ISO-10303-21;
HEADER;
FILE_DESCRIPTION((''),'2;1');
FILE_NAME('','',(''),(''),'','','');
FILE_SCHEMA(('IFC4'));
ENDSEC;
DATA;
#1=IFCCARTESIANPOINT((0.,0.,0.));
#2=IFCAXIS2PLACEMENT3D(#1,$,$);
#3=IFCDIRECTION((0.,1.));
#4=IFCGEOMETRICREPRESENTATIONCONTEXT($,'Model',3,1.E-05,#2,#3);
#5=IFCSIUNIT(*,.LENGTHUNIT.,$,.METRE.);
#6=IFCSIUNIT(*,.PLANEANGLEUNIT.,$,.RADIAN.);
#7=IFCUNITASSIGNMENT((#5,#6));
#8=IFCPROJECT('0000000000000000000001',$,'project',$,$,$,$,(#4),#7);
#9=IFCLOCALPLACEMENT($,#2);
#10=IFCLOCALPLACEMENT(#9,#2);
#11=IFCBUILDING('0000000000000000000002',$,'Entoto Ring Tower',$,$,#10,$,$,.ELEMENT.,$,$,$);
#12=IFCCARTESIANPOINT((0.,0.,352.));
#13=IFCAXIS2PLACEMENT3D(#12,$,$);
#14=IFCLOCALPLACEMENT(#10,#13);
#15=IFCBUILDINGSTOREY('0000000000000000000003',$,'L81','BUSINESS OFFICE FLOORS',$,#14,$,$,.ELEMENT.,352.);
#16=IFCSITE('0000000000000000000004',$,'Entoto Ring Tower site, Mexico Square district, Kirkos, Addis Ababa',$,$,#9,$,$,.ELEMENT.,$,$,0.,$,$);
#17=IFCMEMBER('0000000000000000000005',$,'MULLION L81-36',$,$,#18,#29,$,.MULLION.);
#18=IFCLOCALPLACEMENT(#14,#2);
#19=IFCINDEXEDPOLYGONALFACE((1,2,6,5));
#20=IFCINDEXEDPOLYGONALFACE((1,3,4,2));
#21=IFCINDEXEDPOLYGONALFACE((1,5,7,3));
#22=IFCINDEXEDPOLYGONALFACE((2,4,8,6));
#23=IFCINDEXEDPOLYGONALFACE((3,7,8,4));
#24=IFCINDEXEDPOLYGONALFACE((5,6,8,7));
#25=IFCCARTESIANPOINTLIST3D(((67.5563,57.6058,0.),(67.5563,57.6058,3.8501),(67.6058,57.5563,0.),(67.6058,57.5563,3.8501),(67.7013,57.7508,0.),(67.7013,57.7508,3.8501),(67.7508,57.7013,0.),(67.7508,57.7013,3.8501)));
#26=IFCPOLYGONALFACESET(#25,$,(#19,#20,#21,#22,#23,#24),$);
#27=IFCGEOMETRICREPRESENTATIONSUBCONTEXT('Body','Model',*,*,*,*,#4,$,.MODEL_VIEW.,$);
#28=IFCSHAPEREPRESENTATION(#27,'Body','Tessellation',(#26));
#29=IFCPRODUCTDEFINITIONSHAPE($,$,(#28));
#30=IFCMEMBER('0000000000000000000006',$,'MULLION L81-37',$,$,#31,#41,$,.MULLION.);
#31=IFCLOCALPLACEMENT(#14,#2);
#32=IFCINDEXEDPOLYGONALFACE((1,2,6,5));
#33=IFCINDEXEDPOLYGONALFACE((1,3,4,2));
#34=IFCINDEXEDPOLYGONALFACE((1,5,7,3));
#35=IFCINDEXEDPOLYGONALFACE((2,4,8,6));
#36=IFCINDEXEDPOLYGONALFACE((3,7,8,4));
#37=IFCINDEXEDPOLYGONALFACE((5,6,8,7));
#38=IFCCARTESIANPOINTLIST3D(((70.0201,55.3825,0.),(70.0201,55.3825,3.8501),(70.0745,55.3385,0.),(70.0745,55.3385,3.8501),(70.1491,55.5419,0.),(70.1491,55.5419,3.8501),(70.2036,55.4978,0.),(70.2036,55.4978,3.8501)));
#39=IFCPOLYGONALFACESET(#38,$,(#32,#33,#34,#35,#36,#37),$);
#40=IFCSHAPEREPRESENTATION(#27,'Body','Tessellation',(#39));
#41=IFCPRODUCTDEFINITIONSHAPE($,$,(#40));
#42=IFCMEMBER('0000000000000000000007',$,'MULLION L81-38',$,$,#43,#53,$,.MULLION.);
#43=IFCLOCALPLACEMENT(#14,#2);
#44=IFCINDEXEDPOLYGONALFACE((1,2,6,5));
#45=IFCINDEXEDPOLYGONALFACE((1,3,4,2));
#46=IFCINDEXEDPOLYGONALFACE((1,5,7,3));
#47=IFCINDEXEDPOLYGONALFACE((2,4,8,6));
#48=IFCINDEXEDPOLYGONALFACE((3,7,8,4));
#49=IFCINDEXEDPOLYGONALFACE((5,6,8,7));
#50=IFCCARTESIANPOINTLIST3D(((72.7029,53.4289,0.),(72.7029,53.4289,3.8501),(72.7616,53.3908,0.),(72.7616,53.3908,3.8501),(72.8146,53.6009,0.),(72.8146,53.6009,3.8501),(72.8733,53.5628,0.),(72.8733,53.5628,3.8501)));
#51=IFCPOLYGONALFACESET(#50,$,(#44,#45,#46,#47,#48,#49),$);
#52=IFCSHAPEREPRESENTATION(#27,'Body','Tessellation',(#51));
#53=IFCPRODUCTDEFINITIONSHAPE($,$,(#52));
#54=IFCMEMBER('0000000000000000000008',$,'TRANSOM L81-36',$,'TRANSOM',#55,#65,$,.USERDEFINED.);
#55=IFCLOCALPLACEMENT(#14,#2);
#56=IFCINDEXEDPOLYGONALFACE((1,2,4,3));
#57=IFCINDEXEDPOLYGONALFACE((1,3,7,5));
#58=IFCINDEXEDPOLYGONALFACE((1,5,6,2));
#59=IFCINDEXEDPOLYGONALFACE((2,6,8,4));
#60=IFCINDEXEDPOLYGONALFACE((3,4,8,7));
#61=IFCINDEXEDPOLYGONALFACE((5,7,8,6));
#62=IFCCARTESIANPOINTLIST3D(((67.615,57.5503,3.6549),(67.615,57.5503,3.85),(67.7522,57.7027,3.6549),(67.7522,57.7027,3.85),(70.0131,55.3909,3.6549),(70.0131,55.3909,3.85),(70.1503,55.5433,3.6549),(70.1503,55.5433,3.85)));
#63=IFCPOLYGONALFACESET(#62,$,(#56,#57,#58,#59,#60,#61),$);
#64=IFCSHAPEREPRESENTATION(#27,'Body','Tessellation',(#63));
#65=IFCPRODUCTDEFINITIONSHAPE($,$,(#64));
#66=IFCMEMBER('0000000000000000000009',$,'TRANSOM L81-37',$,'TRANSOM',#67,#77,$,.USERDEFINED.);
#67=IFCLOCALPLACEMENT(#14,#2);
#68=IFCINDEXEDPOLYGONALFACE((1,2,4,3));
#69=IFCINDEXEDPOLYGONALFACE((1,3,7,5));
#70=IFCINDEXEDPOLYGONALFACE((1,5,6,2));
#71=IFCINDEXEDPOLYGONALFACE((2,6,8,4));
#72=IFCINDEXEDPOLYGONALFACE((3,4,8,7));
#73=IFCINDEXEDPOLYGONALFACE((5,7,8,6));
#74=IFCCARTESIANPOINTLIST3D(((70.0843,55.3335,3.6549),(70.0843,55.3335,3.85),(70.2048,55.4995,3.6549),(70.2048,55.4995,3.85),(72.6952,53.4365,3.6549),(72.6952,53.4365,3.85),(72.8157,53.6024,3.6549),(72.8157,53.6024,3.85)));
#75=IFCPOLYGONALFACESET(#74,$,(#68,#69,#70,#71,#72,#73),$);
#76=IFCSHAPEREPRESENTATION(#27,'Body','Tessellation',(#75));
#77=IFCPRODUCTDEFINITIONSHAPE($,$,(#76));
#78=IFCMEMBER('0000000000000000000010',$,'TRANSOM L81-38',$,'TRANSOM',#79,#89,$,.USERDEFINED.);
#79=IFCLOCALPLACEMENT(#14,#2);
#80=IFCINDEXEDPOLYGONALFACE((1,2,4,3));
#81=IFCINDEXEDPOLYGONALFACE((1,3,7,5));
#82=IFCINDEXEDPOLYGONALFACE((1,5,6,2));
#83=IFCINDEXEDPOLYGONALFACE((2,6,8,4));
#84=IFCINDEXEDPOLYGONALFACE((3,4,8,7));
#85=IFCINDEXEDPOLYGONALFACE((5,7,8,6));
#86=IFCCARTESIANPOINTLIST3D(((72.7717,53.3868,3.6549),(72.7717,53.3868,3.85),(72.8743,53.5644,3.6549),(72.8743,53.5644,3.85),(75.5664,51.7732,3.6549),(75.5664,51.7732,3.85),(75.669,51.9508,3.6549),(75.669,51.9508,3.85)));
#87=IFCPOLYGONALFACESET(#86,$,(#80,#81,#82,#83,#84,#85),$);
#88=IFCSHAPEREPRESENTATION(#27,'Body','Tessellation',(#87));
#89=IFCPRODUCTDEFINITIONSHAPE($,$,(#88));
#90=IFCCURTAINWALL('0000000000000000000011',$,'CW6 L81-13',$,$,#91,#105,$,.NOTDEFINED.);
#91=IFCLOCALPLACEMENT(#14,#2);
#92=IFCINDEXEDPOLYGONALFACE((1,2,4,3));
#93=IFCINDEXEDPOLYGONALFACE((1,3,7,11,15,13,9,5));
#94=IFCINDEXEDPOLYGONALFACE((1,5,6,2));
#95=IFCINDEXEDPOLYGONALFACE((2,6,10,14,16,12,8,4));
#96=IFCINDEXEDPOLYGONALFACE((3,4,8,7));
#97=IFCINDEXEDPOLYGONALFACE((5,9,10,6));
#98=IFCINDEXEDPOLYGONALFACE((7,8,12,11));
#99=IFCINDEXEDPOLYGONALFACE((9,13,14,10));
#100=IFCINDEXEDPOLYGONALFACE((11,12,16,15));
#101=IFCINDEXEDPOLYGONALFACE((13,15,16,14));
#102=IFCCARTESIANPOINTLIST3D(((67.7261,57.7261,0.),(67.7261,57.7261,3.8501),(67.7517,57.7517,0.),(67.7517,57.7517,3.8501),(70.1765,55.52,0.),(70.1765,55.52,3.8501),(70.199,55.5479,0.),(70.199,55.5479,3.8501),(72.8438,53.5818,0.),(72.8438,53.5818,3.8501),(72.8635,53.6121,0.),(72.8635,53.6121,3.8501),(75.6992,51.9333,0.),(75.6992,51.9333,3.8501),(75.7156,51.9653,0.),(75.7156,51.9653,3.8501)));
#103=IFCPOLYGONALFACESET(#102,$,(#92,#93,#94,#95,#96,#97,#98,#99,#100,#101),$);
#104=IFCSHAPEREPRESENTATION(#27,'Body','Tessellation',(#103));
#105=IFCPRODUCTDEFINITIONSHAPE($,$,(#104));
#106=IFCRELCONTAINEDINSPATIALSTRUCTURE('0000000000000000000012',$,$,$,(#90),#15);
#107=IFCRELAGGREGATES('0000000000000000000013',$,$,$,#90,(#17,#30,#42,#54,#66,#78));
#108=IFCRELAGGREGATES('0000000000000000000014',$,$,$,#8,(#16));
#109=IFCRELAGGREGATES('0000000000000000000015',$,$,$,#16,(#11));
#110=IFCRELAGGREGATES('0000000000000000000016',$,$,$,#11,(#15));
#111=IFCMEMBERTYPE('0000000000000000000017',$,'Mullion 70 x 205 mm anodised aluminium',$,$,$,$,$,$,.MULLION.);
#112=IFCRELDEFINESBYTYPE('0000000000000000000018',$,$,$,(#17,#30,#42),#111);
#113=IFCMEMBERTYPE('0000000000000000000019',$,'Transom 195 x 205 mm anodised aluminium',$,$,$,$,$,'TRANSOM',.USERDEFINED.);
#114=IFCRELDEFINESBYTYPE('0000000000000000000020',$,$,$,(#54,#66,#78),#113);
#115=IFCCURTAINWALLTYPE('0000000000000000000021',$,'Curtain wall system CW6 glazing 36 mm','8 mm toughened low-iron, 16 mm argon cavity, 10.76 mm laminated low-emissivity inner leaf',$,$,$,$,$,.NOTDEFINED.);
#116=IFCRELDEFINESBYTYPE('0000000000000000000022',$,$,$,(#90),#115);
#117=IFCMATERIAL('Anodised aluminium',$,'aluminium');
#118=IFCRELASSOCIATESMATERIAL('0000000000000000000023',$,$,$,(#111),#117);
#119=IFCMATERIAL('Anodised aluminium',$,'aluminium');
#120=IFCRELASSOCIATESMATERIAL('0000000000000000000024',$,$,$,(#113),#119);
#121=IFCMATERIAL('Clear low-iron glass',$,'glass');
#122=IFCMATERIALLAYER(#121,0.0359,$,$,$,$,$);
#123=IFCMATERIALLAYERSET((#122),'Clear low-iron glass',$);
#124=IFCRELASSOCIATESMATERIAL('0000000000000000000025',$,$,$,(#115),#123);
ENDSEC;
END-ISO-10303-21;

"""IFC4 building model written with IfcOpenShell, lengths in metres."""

from ifc_helpers import new_model, si_unit, direction, frame, origin, origin_2d, place, context, subcontext, project, spatial, polyline, rectangle, outline, extrude, material, layer, layer_set, material_profile, profile_set, type_object, element, aggregate, save


model = new_model("IFC4")

# Units and contexts
model_context = context("Model", 3, precision=1e-05, world=origin(), true_north=direction((0.0, 1.0)))
body_context = subcontext(model_context, "Body", "Model", "MODEL_VIEW")
ifc_project = project(units=[si_unit("LENGTHUNIT", "METRE"), si_unit("PLANEANGLEUNIT", "RADIAN")], contexts=[model_context])

# Members
ifc_material_1 = material(Name="Anodised aluminium", Category="aluminium")
ifc_material_profile_1 = material_profile(ifc_material_1, rectangle(XDim=0.0701, YDim=0.2051, at=origin_2d()), Name="Mullion 70 x 205 mm anodised aluminium")
ifc_profile_set_1 = profile_set([ifc_material_profile_1], Name="Anodised aluminium")
member_type_1 = type_object("IfcMemberType", Name="Mullion 70 x 205 mm anodised aluminium", PredefinedType="MULLION", material=ifc_profile_set_1)
site_placement = place(None, origin())
building_placement = place(site_placement, origin())
storey_placement = place(building_placement, frame((0.0, 0.0, 352.0)))
member_1_placement = place(storey_placement, frame((67.6536, 57.6536, 0.0), z_axis=(0.0, 0.0, 1.0), x_axis=(0.707107, -0.707107, 0.0)))
member_1 = element("IfcMember", 1, at=member_1_placement, type_object=member_type_1, Name="MULLION L81-36", PredefinedType="MULLION", context=body_context, shape_type="SweptSolid", body=[
    extrude(rectangle(XDim=0.0701, YDim=0.2051, at=origin_2d()), origin(), (0.0, 0.0, 1.0), 3.8501),
])
member_2_placement = place(storey_placement, frame((70.1118, 55.4402, 0.0), z_axis=(0.0, 0.0, 1.0), x_axis=(0.777146, -0.62932, 0.0)))
member_2 = element("IfcMember", 2, at=member_2_placement, type_object=member_type_1, Name="MULLION L81-37", PredefinedType="MULLION", context=body_context, shape_type="SweptSolid", body=[
    extrude(rectangle(XDim=0.0701, YDim=0.2051, at=origin_2d()), origin(), (0.0, 0.0, 1.0), 3.8501),
])
member_3_placement = place(storey_placement, frame((72.7881, 53.4958, 0.0), z_axis=(0.0, 0.0, 1.0), x_axis=(0.838671, -0.544639, 0.0)))
member_3 = element("IfcMember", 3, at=member_3_placement, type_object=member_type_1, Name="MULLION L81-38", PredefinedType="MULLION", context=body_context, shape_type="SweptSolid", body=[
    extrude(rectangle(XDim=0.0701, YDim=0.2051, at=origin_2d()), origin(), (0.0, 0.0, 1.0), 3.8501),
])
ifc_material_2 = material(Name="Anodised aluminium", Category="aluminium")
ifc_material_profile_2 = material_profile(ifc_material_2, rectangle(XDim=0.2051, YDim=0.1951, at=origin_2d()), Name="Transom 195 x 205 mm anodised aluminium")
ifc_profile_set_2 = profile_set([ifc_material_profile_2], Name="Anodised aluminium")
member_type_2 = type_object("IfcMemberType", Name="Transom 195 x 205 mm anodised aluminium", ElementType="TRANSOM", PredefinedType="USERDEFINED", material=ifc_profile_set_2)
member_4_placement = place(storey_placement, frame((67.6836, 57.6265, 3.7524), z_axis=(0.743132, -0.669144, 0.0), x_axis=(0.669144, 0.743132, 0.0)))
member_4 = element("IfcMember", 4, at=member_4_placement, type_object=member_type_2, Name="TRANSOM L81-36", ObjectType="TRANSOM", PredefinedType="USERDEFINED", context=body_context, shape_type="SweptSolid", body=[
    extrude(rectangle(XDim=0.2051, YDim=0.1951, at=origin_2d()), origin(), (0.0, 0.0, 1.0), 3.2271),
])
member_5_placement = place(storey_placement, frame((70.1445, 55.4165, 3.7524), z_axis=(0.809004, -0.587803, 0.0), x_axis=(0.587803, 0.809004, 0.0)))
member_5 = element("IfcMember", 5, at=member_5_placement, type_object=member_type_2, Name="TRANSOM L81-37", ObjectType="TRANSOM", PredefinedType="USERDEFINED", context=body_context, shape_type="SweptSolid", body=[
    extrude(rectangle(XDim=0.2051, YDim=0.1951, at=origin_2d()), origin(), (0.0, 0.0, 1.0), 3.2273),
])
member_6_placement = place(storey_placement, frame((72.823, 53.4756, 3.7524), z_axis=(0.866023, -0.500004, 0.0), x_axis=(0.500004, 0.866023, 0.0)))
member_6 = element("IfcMember", 6, at=member_6_placement, type_object=member_type_2, Name="TRANSOM L81-38", ObjectType="TRANSOM", PredefinedType="USERDEFINED", context=body_context, shape_type="SweptSolid", body=[
    extrude(rectangle(XDim=0.2051, YDim=0.1951, at=origin_2d()), origin(), (0.0, 0.0, 1.0), 3.2271),
])

# Site, building, storey
site = spatial("IfcSite", under=ifc_project, at=site_placement, Name="Entoto Ring Tower site, Mexico Square district, Kirkos, Addis Ababa", CompositionType="ELEMENT", RefElevation=0.0)
building = spatial("IfcBuilding", under=site, at=building_placement, Name="Entoto Ring Tower", CompositionType="ELEMENT")
storey = spatial("IfcBuildingStorey", under=building, at=storey_placement, Name="L81", Description="BUSINESS OFFICE FLOORS", CompositionType="ELEMENT", Elevation=352.0)

# Curtain wall
ifc_material_3 = material(Name="Clear low-iron glass", Category="glass")
ifc_layer = layer(ifc_material_3, 0.0359)
ifc_layer_set = layer_set([ifc_layer], Name="Clear low-iron glass")
curtain_wall_type = type_object("IfcCurtainWallType", Name="Curtain wall system CW6 glazing 36 mm", Description="8 mm toughened low-iron, 16 mm argon cavity, 10.76 mm laminated low-emissivity inner leaf", PredefinedType="NOTDEFINED", material=ifc_layer_set)
curtain_wall_1_placement = place(storey_placement, origin())
curtain_wall_1 = element("IfcCurtainWall", 7, at=curtain_wall_1_placement, inside=storey, type_object=curtain_wall_type, Name="CW6 L81-13", PredefinedType="NOTDEFINED", context=body_context, shape_type="SweptSolid", body=[
    extrude(outline(polyline([(67.7261, 57.7261), (70.1765, 55.52), (72.8438, 53.5818), (75.6992, 51.9333), (75.7156, 51.9653), (72.8635, 53.6121), (70.199, 55.5479), (67.7517, 57.7517), (67.7261, 57.7261)])), origin(), (0.0, 0.0, 1.0), 3.8501),
])
aggregate(curtain_wall_1, [member_1, member_2, member_3, member_4, member_5, member_6])

save(model, "model.ifc")
